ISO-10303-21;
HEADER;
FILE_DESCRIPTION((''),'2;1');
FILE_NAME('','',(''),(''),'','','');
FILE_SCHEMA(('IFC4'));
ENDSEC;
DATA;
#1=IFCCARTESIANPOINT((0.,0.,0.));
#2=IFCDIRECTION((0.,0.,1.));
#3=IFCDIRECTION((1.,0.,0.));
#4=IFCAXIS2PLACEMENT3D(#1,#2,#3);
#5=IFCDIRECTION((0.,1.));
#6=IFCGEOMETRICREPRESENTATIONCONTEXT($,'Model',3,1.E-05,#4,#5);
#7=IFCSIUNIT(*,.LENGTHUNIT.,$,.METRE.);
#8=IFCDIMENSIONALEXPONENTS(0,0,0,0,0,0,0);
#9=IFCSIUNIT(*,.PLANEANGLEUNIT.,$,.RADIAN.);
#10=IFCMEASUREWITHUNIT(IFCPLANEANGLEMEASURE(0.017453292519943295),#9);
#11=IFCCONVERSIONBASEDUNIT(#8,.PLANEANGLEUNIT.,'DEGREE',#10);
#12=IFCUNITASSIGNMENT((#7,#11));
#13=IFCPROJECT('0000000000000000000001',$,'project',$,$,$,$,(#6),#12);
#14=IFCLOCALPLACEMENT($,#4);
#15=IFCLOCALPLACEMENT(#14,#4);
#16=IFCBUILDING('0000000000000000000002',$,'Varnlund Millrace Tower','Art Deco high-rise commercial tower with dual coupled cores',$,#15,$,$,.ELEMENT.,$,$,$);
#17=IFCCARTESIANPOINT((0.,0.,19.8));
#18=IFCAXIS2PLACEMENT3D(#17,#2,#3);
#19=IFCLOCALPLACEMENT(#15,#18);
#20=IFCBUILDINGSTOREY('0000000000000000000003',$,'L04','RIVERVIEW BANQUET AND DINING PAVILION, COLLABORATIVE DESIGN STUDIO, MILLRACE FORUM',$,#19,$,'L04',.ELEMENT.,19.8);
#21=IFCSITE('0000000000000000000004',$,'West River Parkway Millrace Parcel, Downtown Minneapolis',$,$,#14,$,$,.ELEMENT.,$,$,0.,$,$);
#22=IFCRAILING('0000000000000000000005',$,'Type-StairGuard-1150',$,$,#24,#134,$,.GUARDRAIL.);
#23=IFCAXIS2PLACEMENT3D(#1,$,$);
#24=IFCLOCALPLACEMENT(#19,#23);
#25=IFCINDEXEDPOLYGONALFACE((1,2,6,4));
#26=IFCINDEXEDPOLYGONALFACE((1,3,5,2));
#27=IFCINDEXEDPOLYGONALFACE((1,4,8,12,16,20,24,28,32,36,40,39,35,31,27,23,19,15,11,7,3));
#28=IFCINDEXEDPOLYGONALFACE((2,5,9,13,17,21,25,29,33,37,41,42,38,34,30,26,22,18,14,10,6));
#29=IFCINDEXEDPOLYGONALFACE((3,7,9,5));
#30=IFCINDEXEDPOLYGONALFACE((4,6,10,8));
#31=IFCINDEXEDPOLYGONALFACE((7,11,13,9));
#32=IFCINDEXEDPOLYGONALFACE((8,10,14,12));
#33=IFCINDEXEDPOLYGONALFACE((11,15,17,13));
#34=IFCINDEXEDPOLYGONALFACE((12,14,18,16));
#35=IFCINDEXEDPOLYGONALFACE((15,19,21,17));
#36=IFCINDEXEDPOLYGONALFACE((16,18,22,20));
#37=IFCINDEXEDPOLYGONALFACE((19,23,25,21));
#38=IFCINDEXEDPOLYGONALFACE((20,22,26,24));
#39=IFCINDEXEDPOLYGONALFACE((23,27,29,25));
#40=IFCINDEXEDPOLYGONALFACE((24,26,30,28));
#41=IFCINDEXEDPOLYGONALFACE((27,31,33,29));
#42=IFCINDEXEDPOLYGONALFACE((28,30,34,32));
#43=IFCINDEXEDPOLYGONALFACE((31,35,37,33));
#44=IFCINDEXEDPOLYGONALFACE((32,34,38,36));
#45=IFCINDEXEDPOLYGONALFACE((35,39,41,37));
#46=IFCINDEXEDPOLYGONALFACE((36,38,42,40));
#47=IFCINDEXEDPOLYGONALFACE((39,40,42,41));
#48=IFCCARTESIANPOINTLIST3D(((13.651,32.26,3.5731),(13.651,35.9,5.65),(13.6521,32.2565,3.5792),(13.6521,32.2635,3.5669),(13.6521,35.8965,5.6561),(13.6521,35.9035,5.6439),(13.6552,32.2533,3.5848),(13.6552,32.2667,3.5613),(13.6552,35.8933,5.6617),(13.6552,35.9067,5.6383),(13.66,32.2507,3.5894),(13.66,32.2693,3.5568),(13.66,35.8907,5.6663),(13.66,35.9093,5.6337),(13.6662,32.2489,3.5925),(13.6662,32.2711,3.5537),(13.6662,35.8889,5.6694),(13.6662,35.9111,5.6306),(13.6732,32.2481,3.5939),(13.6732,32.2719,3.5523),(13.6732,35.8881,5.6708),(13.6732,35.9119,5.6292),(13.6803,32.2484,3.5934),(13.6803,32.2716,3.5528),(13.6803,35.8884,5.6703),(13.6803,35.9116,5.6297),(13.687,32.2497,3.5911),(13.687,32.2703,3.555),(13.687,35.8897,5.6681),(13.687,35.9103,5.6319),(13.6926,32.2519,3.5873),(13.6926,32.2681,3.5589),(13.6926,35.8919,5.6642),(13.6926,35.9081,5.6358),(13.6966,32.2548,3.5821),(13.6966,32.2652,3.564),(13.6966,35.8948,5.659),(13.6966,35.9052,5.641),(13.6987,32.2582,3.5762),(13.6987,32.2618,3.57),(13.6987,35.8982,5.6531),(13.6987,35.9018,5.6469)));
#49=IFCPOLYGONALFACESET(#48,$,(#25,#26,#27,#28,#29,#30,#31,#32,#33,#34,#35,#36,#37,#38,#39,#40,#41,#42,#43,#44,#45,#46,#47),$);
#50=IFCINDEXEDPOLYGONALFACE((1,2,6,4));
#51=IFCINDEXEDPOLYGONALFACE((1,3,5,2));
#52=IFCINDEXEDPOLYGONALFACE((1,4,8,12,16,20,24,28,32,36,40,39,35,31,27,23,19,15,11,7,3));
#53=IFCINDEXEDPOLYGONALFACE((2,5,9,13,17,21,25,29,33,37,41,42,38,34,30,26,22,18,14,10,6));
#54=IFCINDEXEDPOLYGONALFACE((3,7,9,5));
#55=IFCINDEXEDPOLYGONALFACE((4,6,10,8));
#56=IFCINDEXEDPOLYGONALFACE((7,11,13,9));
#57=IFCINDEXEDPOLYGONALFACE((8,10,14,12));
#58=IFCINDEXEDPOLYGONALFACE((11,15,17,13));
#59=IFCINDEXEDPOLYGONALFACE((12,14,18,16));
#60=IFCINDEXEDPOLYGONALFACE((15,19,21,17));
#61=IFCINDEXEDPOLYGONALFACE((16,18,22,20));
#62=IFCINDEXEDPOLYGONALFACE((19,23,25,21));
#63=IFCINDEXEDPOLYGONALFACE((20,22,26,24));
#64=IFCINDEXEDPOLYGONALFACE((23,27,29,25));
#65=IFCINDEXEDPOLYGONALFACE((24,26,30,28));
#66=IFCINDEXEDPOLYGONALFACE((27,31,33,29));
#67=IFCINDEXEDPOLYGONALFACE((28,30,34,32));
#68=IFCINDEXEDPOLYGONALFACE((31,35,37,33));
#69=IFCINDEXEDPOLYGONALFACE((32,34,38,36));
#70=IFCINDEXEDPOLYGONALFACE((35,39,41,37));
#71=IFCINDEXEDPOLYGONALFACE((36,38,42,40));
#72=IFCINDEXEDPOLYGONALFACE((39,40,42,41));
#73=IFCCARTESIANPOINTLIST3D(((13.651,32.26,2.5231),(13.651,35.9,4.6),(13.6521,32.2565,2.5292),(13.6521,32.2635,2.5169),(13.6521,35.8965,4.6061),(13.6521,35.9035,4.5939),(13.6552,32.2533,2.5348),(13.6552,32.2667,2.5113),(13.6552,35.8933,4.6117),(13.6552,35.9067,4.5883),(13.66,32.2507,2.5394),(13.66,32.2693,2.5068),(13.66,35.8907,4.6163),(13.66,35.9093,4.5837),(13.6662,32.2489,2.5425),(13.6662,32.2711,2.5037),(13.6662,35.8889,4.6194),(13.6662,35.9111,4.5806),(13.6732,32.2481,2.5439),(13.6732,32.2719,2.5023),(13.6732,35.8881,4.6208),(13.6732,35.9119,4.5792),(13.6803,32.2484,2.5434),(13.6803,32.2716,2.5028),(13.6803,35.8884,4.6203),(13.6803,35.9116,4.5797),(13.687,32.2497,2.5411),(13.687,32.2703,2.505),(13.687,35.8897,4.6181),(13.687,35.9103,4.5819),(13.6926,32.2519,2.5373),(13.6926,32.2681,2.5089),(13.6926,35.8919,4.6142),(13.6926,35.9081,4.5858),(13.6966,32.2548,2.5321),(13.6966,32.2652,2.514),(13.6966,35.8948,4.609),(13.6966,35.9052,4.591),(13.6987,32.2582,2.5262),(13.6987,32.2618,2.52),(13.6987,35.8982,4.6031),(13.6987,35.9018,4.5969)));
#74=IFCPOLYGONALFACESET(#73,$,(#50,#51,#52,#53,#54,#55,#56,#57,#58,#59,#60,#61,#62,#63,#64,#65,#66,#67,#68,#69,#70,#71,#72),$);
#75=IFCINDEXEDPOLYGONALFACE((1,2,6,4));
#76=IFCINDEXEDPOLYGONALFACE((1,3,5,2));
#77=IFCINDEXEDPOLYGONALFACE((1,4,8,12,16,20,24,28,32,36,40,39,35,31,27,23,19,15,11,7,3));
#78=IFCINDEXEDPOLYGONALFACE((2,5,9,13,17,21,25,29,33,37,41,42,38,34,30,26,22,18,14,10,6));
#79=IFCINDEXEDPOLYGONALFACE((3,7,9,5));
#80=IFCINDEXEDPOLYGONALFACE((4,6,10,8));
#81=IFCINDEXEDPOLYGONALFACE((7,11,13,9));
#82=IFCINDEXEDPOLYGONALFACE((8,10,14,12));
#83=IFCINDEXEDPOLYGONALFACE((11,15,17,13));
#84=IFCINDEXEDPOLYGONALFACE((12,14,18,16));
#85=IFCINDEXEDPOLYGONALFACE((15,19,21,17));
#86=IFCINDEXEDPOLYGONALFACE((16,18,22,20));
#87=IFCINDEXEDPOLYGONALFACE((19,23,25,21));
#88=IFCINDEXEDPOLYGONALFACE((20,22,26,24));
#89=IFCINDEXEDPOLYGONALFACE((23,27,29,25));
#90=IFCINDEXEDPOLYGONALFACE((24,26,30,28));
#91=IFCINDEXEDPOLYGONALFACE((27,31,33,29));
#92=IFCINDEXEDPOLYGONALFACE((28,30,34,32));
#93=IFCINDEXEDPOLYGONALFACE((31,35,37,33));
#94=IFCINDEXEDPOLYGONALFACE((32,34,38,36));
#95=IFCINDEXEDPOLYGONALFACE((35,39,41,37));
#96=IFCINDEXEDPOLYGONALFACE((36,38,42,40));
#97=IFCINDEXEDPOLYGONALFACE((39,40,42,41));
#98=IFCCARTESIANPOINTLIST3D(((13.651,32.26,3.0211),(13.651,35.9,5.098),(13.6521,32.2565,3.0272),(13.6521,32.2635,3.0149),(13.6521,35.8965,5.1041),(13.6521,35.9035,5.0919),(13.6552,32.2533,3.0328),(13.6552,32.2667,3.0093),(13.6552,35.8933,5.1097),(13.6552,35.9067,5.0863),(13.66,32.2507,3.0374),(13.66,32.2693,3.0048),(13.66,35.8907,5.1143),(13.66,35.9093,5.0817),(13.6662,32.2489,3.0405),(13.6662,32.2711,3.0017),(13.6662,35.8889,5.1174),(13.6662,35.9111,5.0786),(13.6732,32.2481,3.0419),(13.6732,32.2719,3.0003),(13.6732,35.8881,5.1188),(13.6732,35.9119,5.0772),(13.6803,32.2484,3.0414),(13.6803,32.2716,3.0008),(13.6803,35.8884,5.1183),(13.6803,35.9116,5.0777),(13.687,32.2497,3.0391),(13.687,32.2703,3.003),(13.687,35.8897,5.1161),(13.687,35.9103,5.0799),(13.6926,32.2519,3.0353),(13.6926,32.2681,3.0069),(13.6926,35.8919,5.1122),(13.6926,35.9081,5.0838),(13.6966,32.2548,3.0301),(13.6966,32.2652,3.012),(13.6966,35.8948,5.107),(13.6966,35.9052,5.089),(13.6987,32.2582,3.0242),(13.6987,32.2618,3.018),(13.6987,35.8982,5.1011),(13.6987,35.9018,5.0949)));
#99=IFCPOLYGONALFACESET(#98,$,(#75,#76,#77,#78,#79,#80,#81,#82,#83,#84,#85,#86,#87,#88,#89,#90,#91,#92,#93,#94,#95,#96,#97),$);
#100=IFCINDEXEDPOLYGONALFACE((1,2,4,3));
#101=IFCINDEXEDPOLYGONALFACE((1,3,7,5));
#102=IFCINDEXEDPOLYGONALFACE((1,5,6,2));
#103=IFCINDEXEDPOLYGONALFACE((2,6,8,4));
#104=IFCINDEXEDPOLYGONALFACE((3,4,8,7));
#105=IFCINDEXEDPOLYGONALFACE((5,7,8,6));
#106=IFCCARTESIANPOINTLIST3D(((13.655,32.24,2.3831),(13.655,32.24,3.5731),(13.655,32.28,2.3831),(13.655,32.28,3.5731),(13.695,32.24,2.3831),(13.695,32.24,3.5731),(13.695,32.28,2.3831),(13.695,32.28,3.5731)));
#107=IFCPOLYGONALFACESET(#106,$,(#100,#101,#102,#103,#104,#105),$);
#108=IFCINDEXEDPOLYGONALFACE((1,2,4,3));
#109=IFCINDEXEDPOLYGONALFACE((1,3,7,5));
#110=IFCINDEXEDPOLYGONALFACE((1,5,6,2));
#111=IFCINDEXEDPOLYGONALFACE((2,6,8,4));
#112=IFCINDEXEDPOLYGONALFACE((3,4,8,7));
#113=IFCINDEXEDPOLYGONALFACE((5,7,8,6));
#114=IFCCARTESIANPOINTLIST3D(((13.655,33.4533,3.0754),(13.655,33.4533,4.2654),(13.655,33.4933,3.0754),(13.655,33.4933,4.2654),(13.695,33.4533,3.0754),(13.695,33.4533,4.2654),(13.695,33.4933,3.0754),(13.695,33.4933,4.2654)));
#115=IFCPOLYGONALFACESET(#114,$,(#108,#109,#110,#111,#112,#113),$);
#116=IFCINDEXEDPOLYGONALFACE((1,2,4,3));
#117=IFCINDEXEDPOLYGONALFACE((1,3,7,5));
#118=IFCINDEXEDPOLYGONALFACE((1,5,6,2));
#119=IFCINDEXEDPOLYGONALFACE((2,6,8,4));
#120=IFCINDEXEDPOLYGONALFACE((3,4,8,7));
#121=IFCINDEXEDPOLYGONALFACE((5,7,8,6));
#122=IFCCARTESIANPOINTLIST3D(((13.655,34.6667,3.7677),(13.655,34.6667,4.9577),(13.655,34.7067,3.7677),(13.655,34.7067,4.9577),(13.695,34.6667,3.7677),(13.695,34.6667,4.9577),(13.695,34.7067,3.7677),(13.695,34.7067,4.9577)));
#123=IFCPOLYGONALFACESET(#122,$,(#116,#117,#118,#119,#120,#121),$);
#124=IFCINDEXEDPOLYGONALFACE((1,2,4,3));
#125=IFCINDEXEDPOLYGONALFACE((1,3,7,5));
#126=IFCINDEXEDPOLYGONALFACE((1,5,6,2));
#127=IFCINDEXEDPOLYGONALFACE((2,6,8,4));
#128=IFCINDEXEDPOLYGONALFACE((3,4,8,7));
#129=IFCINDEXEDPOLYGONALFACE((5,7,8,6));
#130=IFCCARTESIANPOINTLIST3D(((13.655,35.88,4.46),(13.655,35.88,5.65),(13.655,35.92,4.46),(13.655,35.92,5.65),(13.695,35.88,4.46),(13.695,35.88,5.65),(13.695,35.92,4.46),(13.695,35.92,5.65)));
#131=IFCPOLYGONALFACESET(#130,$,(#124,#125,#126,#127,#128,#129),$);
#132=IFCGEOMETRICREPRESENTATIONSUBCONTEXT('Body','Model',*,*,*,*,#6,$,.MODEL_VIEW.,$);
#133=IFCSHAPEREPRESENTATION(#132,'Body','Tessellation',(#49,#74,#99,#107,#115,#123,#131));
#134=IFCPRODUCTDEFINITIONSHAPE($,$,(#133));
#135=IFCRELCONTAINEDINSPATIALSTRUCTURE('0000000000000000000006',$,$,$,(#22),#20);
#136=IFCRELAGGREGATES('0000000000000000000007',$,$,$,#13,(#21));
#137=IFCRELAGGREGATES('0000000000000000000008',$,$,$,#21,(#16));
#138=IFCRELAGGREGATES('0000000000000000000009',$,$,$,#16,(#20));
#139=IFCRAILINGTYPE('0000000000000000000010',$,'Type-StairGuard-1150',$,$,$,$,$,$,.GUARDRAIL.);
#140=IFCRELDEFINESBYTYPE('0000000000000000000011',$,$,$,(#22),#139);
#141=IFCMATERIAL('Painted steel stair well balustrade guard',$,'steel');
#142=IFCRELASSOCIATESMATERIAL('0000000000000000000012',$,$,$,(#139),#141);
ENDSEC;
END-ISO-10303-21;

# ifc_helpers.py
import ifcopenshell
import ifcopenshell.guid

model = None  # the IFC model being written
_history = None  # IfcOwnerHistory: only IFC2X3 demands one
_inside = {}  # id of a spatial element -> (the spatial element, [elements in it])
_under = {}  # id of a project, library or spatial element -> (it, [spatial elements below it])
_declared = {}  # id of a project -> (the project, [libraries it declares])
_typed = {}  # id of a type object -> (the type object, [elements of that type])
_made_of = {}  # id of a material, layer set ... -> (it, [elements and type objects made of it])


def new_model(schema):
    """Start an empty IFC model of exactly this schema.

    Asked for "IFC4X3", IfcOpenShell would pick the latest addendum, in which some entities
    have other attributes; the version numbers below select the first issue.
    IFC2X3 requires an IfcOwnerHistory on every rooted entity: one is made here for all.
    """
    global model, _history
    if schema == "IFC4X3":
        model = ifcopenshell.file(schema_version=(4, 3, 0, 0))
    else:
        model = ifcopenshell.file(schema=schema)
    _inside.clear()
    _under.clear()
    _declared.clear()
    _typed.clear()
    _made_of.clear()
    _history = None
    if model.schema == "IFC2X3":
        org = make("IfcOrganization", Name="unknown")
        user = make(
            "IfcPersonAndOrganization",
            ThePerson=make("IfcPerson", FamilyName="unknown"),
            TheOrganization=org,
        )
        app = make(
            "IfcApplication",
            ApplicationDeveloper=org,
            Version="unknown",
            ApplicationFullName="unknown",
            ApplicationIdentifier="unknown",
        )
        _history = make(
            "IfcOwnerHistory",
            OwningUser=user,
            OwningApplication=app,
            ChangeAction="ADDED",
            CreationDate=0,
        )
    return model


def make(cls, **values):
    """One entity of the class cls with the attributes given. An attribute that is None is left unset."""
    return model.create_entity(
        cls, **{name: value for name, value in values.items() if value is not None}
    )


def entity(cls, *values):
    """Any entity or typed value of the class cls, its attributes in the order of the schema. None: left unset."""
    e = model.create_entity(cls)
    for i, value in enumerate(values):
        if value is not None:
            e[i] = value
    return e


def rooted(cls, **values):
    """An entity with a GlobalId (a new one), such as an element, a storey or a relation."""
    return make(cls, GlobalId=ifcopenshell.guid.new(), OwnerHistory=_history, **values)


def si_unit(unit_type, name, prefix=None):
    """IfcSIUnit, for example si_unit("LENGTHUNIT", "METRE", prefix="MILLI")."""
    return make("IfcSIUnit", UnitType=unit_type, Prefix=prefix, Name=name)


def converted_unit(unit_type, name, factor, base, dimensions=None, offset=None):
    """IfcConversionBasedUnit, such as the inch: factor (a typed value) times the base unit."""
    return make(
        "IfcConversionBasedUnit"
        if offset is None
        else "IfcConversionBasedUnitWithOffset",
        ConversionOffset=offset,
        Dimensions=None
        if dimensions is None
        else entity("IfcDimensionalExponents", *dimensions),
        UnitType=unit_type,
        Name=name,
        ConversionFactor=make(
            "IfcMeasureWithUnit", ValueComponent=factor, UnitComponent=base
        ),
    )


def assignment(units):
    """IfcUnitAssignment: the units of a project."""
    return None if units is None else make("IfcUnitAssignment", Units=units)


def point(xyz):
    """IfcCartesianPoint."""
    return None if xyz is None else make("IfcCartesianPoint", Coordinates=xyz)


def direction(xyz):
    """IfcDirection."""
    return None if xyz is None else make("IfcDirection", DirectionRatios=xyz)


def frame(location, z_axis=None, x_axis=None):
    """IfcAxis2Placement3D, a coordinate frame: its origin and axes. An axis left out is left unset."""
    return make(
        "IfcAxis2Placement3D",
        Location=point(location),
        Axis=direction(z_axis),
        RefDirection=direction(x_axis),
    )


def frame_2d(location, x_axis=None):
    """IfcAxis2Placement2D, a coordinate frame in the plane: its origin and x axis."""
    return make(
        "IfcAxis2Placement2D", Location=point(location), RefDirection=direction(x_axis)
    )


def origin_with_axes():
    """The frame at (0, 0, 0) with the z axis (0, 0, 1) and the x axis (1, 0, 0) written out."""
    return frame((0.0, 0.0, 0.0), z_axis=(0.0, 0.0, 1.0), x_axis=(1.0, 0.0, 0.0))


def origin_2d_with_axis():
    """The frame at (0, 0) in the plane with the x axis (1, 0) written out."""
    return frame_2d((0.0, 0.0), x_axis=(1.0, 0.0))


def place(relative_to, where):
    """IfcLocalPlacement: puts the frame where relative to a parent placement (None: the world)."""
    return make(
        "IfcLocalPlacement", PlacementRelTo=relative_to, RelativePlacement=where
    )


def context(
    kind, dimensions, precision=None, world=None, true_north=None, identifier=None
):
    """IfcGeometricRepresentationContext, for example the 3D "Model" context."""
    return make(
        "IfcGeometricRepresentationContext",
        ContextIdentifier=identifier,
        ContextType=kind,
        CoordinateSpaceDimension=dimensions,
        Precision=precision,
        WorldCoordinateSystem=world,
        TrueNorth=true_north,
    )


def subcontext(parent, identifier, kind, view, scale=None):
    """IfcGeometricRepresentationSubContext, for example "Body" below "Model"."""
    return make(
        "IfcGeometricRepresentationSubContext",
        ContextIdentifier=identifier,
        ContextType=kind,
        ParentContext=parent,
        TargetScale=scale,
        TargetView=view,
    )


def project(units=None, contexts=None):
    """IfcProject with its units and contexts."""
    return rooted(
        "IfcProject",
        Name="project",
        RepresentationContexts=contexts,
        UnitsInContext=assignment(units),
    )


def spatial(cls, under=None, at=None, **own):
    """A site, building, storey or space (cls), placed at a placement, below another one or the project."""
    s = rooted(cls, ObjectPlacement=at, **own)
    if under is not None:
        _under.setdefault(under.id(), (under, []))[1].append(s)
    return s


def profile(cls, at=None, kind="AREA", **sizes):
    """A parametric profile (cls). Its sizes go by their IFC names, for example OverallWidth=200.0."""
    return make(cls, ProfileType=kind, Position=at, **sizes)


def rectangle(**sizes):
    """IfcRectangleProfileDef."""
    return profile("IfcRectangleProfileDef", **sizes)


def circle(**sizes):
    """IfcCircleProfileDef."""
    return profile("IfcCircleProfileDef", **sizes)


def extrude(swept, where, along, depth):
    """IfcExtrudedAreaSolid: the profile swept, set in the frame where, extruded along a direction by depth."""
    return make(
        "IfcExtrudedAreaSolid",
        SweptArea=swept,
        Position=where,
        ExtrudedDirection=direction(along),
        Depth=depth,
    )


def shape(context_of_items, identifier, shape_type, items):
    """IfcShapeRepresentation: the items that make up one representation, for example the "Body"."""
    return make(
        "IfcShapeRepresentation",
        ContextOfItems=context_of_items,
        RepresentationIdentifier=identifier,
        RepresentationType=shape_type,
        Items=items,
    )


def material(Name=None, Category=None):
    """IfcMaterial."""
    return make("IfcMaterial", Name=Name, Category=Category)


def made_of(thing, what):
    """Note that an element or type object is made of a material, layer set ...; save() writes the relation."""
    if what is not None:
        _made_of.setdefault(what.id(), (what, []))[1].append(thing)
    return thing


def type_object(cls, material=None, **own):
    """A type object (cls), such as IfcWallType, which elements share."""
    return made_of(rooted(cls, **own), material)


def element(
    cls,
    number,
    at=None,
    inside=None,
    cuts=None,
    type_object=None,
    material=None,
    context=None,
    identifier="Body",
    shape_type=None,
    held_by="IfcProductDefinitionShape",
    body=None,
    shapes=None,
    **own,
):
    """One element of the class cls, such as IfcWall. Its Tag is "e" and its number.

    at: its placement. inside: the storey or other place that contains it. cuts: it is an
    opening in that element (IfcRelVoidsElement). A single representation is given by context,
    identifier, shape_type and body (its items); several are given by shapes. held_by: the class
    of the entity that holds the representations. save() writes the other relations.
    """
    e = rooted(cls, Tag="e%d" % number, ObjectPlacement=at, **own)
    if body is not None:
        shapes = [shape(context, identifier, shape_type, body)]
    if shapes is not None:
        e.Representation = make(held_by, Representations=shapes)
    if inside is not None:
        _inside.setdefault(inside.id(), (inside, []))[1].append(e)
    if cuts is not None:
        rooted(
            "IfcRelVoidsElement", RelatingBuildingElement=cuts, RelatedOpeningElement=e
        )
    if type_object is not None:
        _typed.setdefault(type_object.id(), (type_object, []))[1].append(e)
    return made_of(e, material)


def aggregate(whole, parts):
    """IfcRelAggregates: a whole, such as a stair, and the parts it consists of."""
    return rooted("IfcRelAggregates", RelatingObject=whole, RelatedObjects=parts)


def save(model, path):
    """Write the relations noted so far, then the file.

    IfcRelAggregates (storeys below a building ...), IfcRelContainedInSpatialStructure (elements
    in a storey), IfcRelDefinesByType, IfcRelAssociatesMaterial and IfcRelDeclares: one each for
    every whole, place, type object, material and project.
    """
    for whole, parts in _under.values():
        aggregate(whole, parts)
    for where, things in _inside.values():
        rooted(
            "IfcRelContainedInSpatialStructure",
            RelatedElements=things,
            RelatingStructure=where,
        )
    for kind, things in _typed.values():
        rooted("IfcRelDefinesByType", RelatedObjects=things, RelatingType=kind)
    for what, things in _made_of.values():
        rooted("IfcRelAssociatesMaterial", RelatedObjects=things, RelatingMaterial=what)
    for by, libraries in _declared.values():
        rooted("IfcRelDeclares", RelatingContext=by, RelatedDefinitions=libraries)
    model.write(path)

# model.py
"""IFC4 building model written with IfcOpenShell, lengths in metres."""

from ifc_helpers import new_model, entity, si_unit, converted_unit, direction, frame, origin_with_axes, origin_2d_with_axis, place, context, subcontext, project, spatial, rectangle, circle, extrude, material, type_object, element, save


model = new_model("IFC4")

# Units and contexts
model_context = context("Model", 3, precision=1e-05, world=origin_with_axes(), true_north=direction((0.0, 1.0)))
body_context = subcontext(model_context, "Body", "Model", "MODEL_VIEW")
ifc_project = project(units=[si_unit("LENGTHUNIT", "METRE"), converted_unit("PLANEANGLEUNIT", "DEGREE", entity("IfcPlaneAngleMeasure", 0.017453292519943295), si_unit("PLANEANGLEUNIT", "RADIAN"), dimensions=[0, 0, 0, 0, 0, 0, 0])], contexts=[model_context])

# Site, building, storey
site_placement = place(None, origin_with_axes())
site = spatial("IfcSite", under=ifc_project, at=site_placement, Name="West River Parkway Millrace Parcel, Downtown Minneapolis", CompositionType="ELEMENT", RefElevation=0.0)
building_placement = place(site_placement, origin_with_axes())
building = spatial("IfcBuilding", under=site, at=building_placement, Name="Varnlund Millrace Tower", Description="Art Deco high-rise commercial tower with dual coupled cores", CompositionType="ELEMENT")
storey_placement = place(building_placement, frame((0.0, 0.0, 19.8), z_axis=(0.0, 0.0, 1.0), x_axis=(1.0, 0.0, 0.0)))
storey = spatial("IfcBuildingStorey", under=building, at=storey_placement, Name="L04", Description="RIVERVIEW BANQUET AND DINING PAVILION, COLLABORATIVE DESIGN STUDIO, MILLRACE FORUM", LongName="L04", CompositionType="ELEMENT", Elevation=19.8)

# Railing
ifc_material_1 = material(Name="Painted steel stair well balustrade guard", Category="steel")
railing_type_1 = type_object("IfcRailingType", Name="Type-StairGuard-1150", PredefinedType="GUARDRAIL", material=ifc_material_1)
railing_1_placement = place(storey_placement, frame((0.0, 0.0, -19.8), z_axis=(0.0, 0.0, 1.0), x_axis=(1.0, 0.0, 0.0)))
element("IfcRailing", 1, at=railing_1_placement, inside=storey, type_object=railing_type_1, Name="Type-StairGuard-1150", PredefinedType="GUARDRAIL", context=body_context, shape_type="SweptSolid", body=[
    extrude(circle(Radius=0.024, at=origin_2d_with_axis()), frame((13.675, 32.26, 23.3731), z_axis=(0.0, 0.868559, 0.495585), x_axis=(-1.0, 0.0, 0.0)), (0.0, 0.0, 1.0), 4.1908),
    extrude(circle(Radius=0.024, at=origin_2d_with_axis()), frame((13.675, 32.26, 22.3231), z_axis=(0.0, 0.868559, 0.495585), x_axis=(-1.0, 0.0, 0.0)), (0.0, 0.0, 1.0), 4.1908),
    extrude(circle(Radius=0.024, at=origin_2d_with_axis()), frame((13.675, 32.26, 22.8211), z_axis=(0.0, 0.868559, 0.495585), x_axis=(-1.0, 0.0, 0.0)), (0.0, 0.0, 1.0), 4.1908),
    extrude(rectangle(XDim=0.04, YDim=0.04, at=origin_2d_with_axis()), frame((13.675, 32.26, 22.1831), z_axis=(0.0, 0.0, 1.0), x_axis=(1.0, 0.0, 0.0)), (0.0, 0.0, 1.0), 1.19),
    extrude(rectangle(XDim=0.04, YDim=0.04, at=origin_2d_with_axis()), frame((13.675, 33.4733, 22.8754), z_axis=(0.0, 0.0, 1.0), x_axis=(1.0, 0.0, 0.0)), (0.0, 0.0, 1.0), 1.19),
    extrude(rectangle(XDim=0.04, YDim=0.04, at=origin_2d_with_axis()), frame((13.675, 34.6867, 23.5677), z_axis=(0.0, 0.0, 1.0), x_axis=(1.0, 0.0, 0.0)), (0.0, 0.0, 1.0), 1.19),
    extrude(rectangle(XDim=0.04, YDim=0.04, at=origin_2d_with_axis()), frame((13.675, 35.9, 24.26), z_axis=(0.0, 0.0, 1.0), x_axis=(1.0, 0.0, 0.0)), (0.0, 0.0, 1.0), 1.19),
])

save(model, "model.ifc")
